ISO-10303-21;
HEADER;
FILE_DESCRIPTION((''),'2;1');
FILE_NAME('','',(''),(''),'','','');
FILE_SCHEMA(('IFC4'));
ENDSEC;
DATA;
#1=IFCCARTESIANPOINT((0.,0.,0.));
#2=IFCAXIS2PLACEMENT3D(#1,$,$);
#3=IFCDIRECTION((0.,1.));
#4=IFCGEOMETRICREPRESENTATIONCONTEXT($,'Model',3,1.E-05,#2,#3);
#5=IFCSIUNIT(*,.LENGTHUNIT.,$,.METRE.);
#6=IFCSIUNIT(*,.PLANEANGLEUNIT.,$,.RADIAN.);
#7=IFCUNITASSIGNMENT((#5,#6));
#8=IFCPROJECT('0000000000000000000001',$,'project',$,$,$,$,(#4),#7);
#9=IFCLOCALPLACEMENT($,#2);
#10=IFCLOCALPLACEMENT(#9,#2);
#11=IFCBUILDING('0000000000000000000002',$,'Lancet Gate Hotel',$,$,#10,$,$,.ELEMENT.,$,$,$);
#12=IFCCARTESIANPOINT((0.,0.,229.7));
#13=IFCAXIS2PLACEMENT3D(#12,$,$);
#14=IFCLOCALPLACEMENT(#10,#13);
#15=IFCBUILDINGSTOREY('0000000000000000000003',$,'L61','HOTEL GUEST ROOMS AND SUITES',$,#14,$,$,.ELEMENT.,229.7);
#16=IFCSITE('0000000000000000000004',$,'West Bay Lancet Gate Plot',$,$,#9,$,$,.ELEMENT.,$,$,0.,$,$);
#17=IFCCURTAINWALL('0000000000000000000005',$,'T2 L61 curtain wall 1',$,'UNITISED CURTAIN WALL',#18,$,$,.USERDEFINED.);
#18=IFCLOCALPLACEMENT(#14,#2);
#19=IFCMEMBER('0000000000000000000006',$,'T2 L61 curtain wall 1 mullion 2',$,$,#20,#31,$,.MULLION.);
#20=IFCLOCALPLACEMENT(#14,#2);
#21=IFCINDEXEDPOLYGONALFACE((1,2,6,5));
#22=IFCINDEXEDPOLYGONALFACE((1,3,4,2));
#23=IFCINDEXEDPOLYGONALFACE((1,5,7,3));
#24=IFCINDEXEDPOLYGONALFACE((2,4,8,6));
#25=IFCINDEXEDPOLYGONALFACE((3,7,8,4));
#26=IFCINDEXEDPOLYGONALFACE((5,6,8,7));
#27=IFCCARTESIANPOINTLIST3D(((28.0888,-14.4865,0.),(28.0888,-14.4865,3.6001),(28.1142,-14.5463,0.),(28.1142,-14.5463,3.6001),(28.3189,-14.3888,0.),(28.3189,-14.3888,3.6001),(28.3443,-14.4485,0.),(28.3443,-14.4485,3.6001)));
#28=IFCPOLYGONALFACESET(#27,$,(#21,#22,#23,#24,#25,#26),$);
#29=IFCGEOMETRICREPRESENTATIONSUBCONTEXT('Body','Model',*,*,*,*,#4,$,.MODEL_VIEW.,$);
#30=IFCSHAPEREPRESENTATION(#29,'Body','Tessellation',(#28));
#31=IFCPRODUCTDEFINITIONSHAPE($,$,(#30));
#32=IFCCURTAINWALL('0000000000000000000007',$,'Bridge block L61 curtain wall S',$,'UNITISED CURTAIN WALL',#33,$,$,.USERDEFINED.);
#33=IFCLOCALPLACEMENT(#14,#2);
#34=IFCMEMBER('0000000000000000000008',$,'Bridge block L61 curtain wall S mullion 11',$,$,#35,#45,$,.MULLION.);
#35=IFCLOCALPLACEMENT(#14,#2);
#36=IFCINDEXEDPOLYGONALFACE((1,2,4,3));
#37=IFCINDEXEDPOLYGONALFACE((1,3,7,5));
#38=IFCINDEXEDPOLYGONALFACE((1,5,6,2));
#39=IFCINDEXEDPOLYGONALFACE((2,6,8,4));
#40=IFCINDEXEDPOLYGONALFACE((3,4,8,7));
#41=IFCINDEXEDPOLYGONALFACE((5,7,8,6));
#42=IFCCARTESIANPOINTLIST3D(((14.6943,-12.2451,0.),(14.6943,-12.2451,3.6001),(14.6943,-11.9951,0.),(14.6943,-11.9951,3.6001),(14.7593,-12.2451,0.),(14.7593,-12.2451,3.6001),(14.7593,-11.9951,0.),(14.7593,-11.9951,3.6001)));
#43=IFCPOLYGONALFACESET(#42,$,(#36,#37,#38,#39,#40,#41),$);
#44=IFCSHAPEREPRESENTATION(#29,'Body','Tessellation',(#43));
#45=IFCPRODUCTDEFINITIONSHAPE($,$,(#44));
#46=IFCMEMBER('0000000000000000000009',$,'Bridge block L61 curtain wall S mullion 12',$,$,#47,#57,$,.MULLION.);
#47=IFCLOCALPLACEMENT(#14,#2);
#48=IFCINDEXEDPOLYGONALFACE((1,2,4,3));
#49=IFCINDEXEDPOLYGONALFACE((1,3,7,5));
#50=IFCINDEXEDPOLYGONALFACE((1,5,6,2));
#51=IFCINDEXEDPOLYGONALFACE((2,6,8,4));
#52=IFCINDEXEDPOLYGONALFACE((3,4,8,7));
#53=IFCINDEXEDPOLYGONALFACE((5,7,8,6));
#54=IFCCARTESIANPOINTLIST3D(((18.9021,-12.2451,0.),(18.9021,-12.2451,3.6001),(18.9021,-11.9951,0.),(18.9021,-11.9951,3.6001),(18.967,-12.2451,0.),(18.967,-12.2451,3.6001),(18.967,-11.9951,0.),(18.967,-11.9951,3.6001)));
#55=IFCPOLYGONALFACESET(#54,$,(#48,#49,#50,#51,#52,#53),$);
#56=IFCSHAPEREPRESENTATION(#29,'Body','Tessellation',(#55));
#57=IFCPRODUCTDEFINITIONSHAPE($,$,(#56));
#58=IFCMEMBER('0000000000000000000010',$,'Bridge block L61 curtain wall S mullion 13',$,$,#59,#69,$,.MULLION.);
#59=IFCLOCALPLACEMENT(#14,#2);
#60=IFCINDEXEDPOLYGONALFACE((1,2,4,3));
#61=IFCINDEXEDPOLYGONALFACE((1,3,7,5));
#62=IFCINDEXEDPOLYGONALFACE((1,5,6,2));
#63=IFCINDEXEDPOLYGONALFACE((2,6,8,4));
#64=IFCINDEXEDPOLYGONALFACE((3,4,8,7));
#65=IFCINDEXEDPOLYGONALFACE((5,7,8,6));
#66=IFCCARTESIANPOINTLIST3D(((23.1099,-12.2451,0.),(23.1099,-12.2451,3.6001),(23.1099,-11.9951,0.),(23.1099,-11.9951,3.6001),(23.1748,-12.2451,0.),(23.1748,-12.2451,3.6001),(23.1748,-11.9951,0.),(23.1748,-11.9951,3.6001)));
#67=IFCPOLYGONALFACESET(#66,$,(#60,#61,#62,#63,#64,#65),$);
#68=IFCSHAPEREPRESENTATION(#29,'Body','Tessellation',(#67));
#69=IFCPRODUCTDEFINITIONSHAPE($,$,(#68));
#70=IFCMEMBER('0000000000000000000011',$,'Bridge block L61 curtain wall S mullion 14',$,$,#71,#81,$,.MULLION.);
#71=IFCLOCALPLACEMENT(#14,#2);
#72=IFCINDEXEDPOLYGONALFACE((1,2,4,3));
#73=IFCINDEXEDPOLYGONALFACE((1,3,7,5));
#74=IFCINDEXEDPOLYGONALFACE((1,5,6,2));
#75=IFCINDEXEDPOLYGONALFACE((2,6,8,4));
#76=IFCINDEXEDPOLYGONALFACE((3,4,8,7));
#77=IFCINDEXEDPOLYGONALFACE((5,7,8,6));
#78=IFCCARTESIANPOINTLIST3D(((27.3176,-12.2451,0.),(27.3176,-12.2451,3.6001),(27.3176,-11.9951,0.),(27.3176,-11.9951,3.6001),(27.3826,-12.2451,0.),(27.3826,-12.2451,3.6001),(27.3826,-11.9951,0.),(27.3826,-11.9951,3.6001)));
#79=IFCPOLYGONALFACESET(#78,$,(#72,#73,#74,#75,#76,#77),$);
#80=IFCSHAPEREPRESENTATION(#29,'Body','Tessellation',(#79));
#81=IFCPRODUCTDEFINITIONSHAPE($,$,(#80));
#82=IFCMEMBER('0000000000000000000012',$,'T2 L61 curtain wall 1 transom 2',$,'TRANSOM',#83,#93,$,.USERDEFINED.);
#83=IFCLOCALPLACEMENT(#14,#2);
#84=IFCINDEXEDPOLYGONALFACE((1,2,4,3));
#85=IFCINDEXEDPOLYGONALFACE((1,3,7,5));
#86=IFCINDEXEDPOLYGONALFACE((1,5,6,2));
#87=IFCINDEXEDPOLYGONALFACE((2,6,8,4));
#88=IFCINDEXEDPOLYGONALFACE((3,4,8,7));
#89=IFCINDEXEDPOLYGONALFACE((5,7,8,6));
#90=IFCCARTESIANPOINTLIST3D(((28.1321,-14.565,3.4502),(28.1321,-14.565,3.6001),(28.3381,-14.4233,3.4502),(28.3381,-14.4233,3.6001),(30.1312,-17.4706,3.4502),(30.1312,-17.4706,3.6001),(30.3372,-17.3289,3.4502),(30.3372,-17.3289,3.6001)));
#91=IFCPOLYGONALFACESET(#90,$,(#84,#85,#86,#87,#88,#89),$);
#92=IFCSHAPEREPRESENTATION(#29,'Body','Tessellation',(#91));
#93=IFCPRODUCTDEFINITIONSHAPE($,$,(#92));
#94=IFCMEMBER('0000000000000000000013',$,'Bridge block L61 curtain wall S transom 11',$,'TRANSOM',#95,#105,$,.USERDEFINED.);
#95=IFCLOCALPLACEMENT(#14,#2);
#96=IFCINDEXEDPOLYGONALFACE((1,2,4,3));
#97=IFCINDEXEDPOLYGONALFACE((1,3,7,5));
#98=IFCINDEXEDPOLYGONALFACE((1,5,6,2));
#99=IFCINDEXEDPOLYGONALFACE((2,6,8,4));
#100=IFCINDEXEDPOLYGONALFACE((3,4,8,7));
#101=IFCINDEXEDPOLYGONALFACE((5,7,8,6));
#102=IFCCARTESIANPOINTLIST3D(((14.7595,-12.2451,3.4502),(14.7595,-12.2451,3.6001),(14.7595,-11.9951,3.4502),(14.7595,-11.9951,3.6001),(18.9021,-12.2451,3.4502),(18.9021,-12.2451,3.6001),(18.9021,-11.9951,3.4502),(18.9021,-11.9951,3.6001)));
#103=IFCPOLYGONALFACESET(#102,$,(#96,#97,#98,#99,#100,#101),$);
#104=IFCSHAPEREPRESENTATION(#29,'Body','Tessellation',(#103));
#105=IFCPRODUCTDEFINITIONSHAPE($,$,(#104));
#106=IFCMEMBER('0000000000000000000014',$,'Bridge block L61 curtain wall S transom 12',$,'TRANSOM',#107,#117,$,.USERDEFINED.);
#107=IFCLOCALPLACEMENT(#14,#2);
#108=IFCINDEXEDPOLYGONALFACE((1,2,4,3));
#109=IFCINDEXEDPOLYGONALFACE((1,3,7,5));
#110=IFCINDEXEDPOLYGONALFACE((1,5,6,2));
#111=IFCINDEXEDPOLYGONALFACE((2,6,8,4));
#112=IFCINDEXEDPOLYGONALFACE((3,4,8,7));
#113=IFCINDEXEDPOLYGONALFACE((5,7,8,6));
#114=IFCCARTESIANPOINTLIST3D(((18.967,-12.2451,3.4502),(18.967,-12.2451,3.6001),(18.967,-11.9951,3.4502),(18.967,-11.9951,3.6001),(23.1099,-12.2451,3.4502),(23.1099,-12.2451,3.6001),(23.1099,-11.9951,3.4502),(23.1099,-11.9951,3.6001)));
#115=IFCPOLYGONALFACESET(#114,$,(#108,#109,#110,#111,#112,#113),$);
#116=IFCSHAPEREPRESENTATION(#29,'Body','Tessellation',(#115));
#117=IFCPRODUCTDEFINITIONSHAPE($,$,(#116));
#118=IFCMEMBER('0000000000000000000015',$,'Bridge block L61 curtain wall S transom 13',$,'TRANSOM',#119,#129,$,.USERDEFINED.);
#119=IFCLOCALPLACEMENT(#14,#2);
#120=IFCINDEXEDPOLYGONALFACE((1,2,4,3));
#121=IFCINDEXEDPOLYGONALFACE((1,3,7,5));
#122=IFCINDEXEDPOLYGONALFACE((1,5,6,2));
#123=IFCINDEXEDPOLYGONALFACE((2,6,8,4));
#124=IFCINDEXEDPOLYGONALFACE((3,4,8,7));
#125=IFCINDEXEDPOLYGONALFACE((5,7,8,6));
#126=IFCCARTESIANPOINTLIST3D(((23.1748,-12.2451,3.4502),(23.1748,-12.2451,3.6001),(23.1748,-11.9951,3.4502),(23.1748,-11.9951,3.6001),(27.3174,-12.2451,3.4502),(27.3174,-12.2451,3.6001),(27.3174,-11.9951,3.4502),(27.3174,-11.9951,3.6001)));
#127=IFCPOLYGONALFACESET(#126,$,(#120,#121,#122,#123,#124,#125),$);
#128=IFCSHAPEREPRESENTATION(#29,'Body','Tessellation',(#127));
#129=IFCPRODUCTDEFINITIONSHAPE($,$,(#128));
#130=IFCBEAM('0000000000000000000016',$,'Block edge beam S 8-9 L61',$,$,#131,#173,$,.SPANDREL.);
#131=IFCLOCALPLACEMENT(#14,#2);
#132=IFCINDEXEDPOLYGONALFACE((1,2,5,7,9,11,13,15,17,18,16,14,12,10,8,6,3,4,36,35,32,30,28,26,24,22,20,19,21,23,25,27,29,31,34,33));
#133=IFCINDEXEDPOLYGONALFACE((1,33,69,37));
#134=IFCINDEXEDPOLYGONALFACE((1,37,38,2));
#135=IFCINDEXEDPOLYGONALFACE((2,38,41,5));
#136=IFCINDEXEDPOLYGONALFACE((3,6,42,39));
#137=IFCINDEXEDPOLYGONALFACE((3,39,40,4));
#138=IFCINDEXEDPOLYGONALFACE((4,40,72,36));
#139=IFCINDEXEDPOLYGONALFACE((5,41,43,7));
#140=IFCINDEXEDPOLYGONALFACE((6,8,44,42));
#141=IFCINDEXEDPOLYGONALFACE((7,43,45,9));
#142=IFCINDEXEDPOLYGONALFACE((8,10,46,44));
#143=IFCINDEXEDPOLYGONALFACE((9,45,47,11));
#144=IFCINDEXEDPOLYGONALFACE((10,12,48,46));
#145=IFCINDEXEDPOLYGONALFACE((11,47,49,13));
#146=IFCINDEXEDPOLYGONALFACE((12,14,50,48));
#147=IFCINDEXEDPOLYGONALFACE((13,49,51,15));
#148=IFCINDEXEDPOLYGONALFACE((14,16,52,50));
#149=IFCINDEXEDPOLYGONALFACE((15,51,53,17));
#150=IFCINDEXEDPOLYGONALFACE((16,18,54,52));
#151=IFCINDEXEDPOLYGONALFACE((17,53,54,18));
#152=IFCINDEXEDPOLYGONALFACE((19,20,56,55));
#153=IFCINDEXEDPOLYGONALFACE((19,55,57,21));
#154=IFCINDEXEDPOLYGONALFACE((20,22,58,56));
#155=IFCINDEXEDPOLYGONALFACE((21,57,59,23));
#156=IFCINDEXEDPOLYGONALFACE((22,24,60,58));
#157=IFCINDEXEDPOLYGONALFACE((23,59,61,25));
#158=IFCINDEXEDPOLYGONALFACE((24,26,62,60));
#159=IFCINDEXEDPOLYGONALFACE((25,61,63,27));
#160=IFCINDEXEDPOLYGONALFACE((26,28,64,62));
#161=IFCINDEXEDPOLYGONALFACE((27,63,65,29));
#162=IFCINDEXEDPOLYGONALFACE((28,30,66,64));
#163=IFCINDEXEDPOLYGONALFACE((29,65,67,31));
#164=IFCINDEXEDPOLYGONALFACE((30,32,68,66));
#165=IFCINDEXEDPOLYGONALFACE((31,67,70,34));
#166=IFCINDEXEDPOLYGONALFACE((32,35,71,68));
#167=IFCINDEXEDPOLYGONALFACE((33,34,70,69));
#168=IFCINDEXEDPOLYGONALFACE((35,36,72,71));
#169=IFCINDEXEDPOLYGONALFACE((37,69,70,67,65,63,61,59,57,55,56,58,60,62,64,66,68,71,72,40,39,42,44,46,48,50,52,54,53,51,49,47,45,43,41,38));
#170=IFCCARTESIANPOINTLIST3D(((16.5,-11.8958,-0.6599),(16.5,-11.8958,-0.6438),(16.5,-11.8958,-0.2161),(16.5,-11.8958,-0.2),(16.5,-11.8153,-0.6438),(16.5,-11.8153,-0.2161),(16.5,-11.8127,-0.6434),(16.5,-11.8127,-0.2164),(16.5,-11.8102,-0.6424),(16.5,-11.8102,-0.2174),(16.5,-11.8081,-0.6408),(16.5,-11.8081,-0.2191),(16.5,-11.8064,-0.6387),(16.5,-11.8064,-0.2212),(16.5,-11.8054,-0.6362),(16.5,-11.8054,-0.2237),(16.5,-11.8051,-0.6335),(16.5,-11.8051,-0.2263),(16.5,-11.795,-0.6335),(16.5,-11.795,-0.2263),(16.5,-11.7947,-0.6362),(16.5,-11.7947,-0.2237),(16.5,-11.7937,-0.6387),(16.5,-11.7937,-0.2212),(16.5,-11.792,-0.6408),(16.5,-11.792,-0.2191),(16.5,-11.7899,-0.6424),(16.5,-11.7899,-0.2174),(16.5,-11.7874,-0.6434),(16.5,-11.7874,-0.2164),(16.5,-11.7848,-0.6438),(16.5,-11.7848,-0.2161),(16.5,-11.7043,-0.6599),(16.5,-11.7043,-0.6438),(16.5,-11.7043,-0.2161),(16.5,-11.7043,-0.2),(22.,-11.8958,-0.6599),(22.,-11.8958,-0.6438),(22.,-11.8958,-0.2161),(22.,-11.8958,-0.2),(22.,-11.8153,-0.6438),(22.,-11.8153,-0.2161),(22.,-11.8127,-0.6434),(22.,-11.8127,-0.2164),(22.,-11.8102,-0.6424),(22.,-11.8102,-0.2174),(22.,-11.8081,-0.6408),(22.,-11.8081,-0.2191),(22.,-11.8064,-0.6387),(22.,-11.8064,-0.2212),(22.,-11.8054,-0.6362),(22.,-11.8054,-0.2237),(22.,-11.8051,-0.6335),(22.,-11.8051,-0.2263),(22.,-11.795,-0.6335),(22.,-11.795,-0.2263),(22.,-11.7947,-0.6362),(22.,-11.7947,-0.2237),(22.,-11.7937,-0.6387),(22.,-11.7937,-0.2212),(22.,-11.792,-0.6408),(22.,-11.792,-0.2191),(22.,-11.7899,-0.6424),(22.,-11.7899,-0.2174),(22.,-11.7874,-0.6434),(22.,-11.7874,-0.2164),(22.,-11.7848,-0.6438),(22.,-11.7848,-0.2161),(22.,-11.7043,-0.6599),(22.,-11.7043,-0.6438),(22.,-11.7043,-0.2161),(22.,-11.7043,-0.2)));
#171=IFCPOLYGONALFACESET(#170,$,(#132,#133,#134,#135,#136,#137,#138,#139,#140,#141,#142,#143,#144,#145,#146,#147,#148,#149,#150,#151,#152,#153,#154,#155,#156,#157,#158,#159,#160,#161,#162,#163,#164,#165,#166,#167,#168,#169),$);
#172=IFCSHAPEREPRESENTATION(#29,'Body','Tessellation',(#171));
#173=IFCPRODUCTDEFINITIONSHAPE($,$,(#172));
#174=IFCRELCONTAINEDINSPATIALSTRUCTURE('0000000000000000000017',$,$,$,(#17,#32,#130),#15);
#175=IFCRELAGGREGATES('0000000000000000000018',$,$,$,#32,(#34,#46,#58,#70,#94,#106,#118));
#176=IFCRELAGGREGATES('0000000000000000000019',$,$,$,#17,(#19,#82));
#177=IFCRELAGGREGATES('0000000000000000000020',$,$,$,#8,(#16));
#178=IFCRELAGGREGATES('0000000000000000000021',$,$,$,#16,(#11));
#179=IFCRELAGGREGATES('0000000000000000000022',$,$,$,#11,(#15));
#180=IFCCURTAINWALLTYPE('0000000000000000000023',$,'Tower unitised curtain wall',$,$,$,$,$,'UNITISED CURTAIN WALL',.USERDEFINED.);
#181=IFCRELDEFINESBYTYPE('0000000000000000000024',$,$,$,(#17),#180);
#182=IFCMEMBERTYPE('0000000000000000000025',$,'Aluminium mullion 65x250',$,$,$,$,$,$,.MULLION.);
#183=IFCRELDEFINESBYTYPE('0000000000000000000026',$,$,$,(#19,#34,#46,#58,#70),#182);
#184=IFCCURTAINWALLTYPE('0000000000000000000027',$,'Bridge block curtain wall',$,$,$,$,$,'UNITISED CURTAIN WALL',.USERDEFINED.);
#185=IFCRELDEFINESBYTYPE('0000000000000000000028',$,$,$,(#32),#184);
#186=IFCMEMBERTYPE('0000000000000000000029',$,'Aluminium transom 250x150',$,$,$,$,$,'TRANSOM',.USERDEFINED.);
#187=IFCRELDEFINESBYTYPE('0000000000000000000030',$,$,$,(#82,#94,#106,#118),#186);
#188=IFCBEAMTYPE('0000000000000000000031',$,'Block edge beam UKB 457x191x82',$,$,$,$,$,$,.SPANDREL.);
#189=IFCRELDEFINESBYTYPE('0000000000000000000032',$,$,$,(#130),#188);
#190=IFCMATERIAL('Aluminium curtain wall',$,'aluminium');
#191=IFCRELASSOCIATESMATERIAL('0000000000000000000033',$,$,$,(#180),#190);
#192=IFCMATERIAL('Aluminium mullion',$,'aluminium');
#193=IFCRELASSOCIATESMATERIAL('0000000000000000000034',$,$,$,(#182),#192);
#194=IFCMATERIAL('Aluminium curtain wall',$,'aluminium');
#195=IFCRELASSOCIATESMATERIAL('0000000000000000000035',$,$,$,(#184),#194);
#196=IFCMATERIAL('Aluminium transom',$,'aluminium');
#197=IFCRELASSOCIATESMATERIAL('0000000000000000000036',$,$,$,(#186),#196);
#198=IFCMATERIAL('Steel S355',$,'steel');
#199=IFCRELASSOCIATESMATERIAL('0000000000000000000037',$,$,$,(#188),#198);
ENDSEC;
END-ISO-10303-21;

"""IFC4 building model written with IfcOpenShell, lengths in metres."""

from ifc_helpers import new_model, si_unit, direction, frame, origin, origin_2d, place, context, subcontext, project, spatial, rectangle, i_section, extrude, material, material_profile, profile_set, type_object, element, aggregate, save


model = new_model("IFC4")

# Units and contexts
model_context = context("Model", 3, precision=1e-05, world=origin(), true_north=direction((0.0, 1.0)))
body_context = subcontext(model_context, "Body", "Model", "MODEL_VIEW")
ifc_project = project(units=[si_unit("LENGTHUNIT", "METRE"), si_unit("PLANEANGLEUNIT", "RADIAN")], contexts=[model_context])

# Site, building, storey
site_placement = place(None, origin())
site = spatial("IfcSite", under=ifc_project, at=site_placement, Name="West Bay Lancet Gate Plot", CompositionType="ELEMENT", RefElevation=0.0)
building_placement = place(site_placement, origin())
building = spatial("IfcBuilding", under=site, at=building_placement, Name="Lancet Gate Hotel", CompositionType="ELEMENT")
storey_placement = place(building_placement, frame((0.0, 0.0, 229.7)))
storey = spatial("IfcBuildingStorey", under=building, at=storey_placement, Name="L61", Description="HOTEL GUEST ROOMS AND SUITES", CompositionType="ELEMENT", Elevation=229.7)

# Curtain wall, member
ifc_material_1 = material(Name="Aluminium curtain wall", Category="aluminium")
curtain_wall_type_1 = type_object("IfcCurtainWallType", Name="Tower unitised curtain wall", ElementType="UNITISED CURTAIN WALL", PredefinedType="USERDEFINED", material=ifc_material_1)
curtain_wall_1_placement = place(storey_placement, origin())
curtain_wall_1 = element("IfcCurtainWall", 1, at=curtain_wall_1_placement, inside=storey, type_object=curtain_wall_type_1, Name="T2 L61 curtain wall 1", ObjectType="UNITISED CURTAIN WALL", PredefinedType="USERDEFINED")
ifc_material_2 = material(Name="Aluminium mullion", Category="aluminium")
ifc_material_profile_1 = material_profile(ifc_material_2, rectangle(XDim=0.0649, YDim=0.25, at=origin_2d()), Name="MULLION 65x250")
ifc_profile_set_1 = profile_set([ifc_material_profile_1], Name="Aluminium mullion")
member_type_1 = type_object("IfcMemberType", Name="Aluminium mullion 65x250", PredefinedType="MULLION", material=ifc_profile_set_1)
member_1_placement = place(storey_placement, frame((28.2166, -14.4675, 0.0), z_axis=(0.0, 0.0, 1.0), x_axis=(0.391042, -0.920373, 0.0)))
member_1 = element("IfcMember", 2, at=member_1_placement, type_object=member_type_1, Name="T2 L61 curtain wall 1 mullion 2", PredefinedType="MULLION", context=body_context, shape_type="SweptSolid", body=[
    extrude(rectangle(XDim=0.0649, YDim=0.25, at=origin_2d()), origin(), (0.0, 0.0, 1.0), 3.6001),
])

# Curtain wall, members
ifc_material_3 = material(Name="Aluminium curtain wall", Category="aluminium")
curtain_wall_type_2 = type_object("IfcCurtainWallType", Name="Bridge block curtain wall", ElementType="UNITISED CURTAIN WALL", PredefinedType="USERDEFINED", material=ifc_material_3)
curtain_wall_2_placement = place(storey_placement, origin())
curtain_wall_2 = element("IfcCurtainWall", 3, at=curtain_wall_2_placement, inside=storey, type_object=curtain_wall_type_2, Name="Bridge block L61 curtain wall S", ObjectType="UNITISED CURTAIN WALL", PredefinedType="USERDEFINED")
member_2_placement = place(storey_placement, frame((14.7268, -12.1201, 0.0), z_axis=(0.0, 0.0, 1.0), x_axis=(1.0, 0.0, 0.0)))
member_2 = element("IfcMember", 4, at=member_2_placement, type_object=member_type_1, Name="Bridge block L61 curtain wall S mullion 11", PredefinedType="MULLION", context=body_context, shape_type="SweptSolid", body=[
    extrude(rectangle(XDim=0.0649, YDim=0.25, at=origin_2d()), origin(), (0.0, 0.0, 1.0), 3.6001),
])
member_3_placement = place(storey_placement, frame((18.9346, -12.1201, 0.0), z_axis=(0.0, 0.0, 1.0), x_axis=(1.0, 0.0, 0.0)))
member_3 = element("IfcMember", 5, at=member_3_placement, type_object=member_type_1, Name="Bridge block L61 curtain wall S mullion 12", PredefinedType="MULLION", context=body_context, shape_type="SweptSolid", body=[
    extrude(rectangle(XDim=0.0649, YDim=0.25, at=origin_2d()), origin(), (0.0, 0.0, 1.0), 3.6001),
])
member_4_placement = place(storey_placement, frame((23.1423, -12.1201, 0.0), z_axis=(0.0, 0.0, 1.0), x_axis=(1.0, 0.0, 0.0)))
member_4 = element("IfcMember", 6, at=member_4_placement, type_object=member_type_1, Name="Bridge block L61 curtain wall S mullion 13", PredefinedType="MULLION", context=body_context, shape_type="SweptSolid", body=[
    extrude(rectangle(XDim=0.0649, YDim=0.25, at=origin_2d()), origin(), (0.0, 0.0, 1.0), 3.6001),
])
member_5_placement = place(storey_placement, frame((27.3501, -12.1201, 0.0), z_axis=(0.0, 0.0, 1.0), x_axis=(1.0, 0.0, 0.0)))
member_5 = element("IfcMember", 7, at=member_5_placement, type_object=member_type_1, Name="Bridge block L61 curtain wall S mullion 14", PredefinedType="MULLION", context=body_context, shape_type="SweptSolid", body=[
    extrude(rectangle(XDim=0.0649, YDim=0.25, at=origin_2d()), origin(), (0.0, 0.0, 1.0), 3.6001),
])

# Members
ifc_material_4 = material(Name="Aluminium transom", Category="aluminium")
ifc_material_profile_2 = material_profile(ifc_material_4, rectangle(XDim=0.25, YDim=0.1499, at=origin_2d()), Name="TRANSOM 250x150")
ifc_profile_set_2 = profile_set([ifc_material_profile_2], Name="Aluminium transom")
member_type_2 = type_object("IfcMemberType", Name="Aluminium transom 250x150", ElementType="TRANSOM", PredefinedType="USERDEFINED", material=ifc_profile_set_2)
member_6_placement = place(storey_placement, frame((28.2351, -14.4941, 3.5251), z_axis=(0.566814, -0.823846, 0.0), x_axis=(0.823846, 0.566814, 0.0)))
member_6 = element("IfcMember", 8, at=member_6_placement, type_object=member_type_2, Name="T2 L61 curtain wall 1 transom 2", ObjectType="TRANSOM", PredefinedType="USERDEFINED", context=body_context, shape_type="SweptSolid", body=[
    extrude(rectangle(XDim=0.25, YDim=0.1499, at=origin_2d()), origin(), (0.0, 0.0, 1.0), 3.5269),
])
member_7_placement = place(storey_placement, frame((14.7595, -12.1201, 3.5251), z_axis=(1.0, 0.0, 0.0), x_axis=(0.0, 1.0, 0.0)))
member_7 = element("IfcMember", 9, at=member_7_placement, type_object=member_type_2, Name="Bridge block L61 curtain wall S transom 11", ObjectType="TRANSOM", PredefinedType="USERDEFINED", context=body_context, shape_type="SweptSolid", body=[
    extrude(rectangle(XDim=0.25, YDim=0.1499, at=origin_2d()), origin(), (0.0, 0.0, 1.0), 4.1426),
])
member_8_placement = place(storey_placement, frame((18.967, -12.1201, 3.5251), z_axis=(1.0, 0.0, 0.0), x_axis=(0.0, 1.0, 0.0)))
member_8 = element("IfcMember", 10, at=member_8_placement, type_object=member_type_2, Name="Bridge block L61 curtain wall S transom 12", ObjectType="TRANSOM", PredefinedType="USERDEFINED", context=body_context, shape_type="SweptSolid", body=[
    extrude(rectangle(XDim=0.25, YDim=0.1499, at=origin_2d()), origin(), (0.0, 0.0, 1.0), 4.1428),
])
member_9_placement = place(storey_placement, frame((23.1748, -12.1201, 3.5251), z_axis=(1.0, 0.0, 0.0), x_axis=(0.0, 1.0, 0.0)))
member_9 = element("IfcMember", 11, at=member_9_placement, type_object=member_type_2, Name="Bridge block L61 curtain wall S transom 13", ObjectType="TRANSOM", PredefinedType="USERDEFINED", context=body_context, shape_type="SweptSolid", body=[
    extrude(rectangle(XDim=0.25, YDim=0.1499, at=origin_2d()), origin(), (0.0, 0.0, 1.0), 4.1426),
])

# Beam
ifc_material_5 = material(Name="Steel S355", Category="steel")
ifc_material_profile_3 = material_profile(ifc_material_5, i_section(OverallWidth=0.1914, OverallDepth=0.46, WebThickness=0.01, FlangeThickness=0.0161, FilletRadius=0.0103, at=origin_2d()), Name="UKB 457x191x82")
ifc_profile_set_3 = profile_set([ifc_material_profile_3], Name="Steel S355")
beam_type_1 = type_object("IfcBeamType", Name="Block edge beam UKB 457x191x82", PredefinedType="SPANDREL", material=ifc_profile_set_3)
beam_placement = place(storey_placement, frame((16.5, -11.8, -0.4299), z_axis=(1.0, 0.0, 0.0), x_axis=(0.0, 1.0, 0.0)))
element("IfcBeam", 12, at=beam_placement, inside=storey, type_object=beam_type_1, Name="Block edge beam S 8-9 L61", PredefinedType="SPANDREL", context=body_context, shape_type="SweptSolid", body=[
    extrude(i_section(OverallWidth=0.1914, OverallDepth=0.46, WebThickness=0.01, FlangeThickness=0.0161, FilletRadius=0.0103, at=origin_2d()), origin(), (0.0, 0.0, 1.0), 5.5),
])

aggregate(curtain_wall_2, [member_2, member_3, member_4, member_5, member_7, member_8, member_9])
aggregate(curtain_wall_1, [member_1, member_6])

save(model, "model.ifc")
